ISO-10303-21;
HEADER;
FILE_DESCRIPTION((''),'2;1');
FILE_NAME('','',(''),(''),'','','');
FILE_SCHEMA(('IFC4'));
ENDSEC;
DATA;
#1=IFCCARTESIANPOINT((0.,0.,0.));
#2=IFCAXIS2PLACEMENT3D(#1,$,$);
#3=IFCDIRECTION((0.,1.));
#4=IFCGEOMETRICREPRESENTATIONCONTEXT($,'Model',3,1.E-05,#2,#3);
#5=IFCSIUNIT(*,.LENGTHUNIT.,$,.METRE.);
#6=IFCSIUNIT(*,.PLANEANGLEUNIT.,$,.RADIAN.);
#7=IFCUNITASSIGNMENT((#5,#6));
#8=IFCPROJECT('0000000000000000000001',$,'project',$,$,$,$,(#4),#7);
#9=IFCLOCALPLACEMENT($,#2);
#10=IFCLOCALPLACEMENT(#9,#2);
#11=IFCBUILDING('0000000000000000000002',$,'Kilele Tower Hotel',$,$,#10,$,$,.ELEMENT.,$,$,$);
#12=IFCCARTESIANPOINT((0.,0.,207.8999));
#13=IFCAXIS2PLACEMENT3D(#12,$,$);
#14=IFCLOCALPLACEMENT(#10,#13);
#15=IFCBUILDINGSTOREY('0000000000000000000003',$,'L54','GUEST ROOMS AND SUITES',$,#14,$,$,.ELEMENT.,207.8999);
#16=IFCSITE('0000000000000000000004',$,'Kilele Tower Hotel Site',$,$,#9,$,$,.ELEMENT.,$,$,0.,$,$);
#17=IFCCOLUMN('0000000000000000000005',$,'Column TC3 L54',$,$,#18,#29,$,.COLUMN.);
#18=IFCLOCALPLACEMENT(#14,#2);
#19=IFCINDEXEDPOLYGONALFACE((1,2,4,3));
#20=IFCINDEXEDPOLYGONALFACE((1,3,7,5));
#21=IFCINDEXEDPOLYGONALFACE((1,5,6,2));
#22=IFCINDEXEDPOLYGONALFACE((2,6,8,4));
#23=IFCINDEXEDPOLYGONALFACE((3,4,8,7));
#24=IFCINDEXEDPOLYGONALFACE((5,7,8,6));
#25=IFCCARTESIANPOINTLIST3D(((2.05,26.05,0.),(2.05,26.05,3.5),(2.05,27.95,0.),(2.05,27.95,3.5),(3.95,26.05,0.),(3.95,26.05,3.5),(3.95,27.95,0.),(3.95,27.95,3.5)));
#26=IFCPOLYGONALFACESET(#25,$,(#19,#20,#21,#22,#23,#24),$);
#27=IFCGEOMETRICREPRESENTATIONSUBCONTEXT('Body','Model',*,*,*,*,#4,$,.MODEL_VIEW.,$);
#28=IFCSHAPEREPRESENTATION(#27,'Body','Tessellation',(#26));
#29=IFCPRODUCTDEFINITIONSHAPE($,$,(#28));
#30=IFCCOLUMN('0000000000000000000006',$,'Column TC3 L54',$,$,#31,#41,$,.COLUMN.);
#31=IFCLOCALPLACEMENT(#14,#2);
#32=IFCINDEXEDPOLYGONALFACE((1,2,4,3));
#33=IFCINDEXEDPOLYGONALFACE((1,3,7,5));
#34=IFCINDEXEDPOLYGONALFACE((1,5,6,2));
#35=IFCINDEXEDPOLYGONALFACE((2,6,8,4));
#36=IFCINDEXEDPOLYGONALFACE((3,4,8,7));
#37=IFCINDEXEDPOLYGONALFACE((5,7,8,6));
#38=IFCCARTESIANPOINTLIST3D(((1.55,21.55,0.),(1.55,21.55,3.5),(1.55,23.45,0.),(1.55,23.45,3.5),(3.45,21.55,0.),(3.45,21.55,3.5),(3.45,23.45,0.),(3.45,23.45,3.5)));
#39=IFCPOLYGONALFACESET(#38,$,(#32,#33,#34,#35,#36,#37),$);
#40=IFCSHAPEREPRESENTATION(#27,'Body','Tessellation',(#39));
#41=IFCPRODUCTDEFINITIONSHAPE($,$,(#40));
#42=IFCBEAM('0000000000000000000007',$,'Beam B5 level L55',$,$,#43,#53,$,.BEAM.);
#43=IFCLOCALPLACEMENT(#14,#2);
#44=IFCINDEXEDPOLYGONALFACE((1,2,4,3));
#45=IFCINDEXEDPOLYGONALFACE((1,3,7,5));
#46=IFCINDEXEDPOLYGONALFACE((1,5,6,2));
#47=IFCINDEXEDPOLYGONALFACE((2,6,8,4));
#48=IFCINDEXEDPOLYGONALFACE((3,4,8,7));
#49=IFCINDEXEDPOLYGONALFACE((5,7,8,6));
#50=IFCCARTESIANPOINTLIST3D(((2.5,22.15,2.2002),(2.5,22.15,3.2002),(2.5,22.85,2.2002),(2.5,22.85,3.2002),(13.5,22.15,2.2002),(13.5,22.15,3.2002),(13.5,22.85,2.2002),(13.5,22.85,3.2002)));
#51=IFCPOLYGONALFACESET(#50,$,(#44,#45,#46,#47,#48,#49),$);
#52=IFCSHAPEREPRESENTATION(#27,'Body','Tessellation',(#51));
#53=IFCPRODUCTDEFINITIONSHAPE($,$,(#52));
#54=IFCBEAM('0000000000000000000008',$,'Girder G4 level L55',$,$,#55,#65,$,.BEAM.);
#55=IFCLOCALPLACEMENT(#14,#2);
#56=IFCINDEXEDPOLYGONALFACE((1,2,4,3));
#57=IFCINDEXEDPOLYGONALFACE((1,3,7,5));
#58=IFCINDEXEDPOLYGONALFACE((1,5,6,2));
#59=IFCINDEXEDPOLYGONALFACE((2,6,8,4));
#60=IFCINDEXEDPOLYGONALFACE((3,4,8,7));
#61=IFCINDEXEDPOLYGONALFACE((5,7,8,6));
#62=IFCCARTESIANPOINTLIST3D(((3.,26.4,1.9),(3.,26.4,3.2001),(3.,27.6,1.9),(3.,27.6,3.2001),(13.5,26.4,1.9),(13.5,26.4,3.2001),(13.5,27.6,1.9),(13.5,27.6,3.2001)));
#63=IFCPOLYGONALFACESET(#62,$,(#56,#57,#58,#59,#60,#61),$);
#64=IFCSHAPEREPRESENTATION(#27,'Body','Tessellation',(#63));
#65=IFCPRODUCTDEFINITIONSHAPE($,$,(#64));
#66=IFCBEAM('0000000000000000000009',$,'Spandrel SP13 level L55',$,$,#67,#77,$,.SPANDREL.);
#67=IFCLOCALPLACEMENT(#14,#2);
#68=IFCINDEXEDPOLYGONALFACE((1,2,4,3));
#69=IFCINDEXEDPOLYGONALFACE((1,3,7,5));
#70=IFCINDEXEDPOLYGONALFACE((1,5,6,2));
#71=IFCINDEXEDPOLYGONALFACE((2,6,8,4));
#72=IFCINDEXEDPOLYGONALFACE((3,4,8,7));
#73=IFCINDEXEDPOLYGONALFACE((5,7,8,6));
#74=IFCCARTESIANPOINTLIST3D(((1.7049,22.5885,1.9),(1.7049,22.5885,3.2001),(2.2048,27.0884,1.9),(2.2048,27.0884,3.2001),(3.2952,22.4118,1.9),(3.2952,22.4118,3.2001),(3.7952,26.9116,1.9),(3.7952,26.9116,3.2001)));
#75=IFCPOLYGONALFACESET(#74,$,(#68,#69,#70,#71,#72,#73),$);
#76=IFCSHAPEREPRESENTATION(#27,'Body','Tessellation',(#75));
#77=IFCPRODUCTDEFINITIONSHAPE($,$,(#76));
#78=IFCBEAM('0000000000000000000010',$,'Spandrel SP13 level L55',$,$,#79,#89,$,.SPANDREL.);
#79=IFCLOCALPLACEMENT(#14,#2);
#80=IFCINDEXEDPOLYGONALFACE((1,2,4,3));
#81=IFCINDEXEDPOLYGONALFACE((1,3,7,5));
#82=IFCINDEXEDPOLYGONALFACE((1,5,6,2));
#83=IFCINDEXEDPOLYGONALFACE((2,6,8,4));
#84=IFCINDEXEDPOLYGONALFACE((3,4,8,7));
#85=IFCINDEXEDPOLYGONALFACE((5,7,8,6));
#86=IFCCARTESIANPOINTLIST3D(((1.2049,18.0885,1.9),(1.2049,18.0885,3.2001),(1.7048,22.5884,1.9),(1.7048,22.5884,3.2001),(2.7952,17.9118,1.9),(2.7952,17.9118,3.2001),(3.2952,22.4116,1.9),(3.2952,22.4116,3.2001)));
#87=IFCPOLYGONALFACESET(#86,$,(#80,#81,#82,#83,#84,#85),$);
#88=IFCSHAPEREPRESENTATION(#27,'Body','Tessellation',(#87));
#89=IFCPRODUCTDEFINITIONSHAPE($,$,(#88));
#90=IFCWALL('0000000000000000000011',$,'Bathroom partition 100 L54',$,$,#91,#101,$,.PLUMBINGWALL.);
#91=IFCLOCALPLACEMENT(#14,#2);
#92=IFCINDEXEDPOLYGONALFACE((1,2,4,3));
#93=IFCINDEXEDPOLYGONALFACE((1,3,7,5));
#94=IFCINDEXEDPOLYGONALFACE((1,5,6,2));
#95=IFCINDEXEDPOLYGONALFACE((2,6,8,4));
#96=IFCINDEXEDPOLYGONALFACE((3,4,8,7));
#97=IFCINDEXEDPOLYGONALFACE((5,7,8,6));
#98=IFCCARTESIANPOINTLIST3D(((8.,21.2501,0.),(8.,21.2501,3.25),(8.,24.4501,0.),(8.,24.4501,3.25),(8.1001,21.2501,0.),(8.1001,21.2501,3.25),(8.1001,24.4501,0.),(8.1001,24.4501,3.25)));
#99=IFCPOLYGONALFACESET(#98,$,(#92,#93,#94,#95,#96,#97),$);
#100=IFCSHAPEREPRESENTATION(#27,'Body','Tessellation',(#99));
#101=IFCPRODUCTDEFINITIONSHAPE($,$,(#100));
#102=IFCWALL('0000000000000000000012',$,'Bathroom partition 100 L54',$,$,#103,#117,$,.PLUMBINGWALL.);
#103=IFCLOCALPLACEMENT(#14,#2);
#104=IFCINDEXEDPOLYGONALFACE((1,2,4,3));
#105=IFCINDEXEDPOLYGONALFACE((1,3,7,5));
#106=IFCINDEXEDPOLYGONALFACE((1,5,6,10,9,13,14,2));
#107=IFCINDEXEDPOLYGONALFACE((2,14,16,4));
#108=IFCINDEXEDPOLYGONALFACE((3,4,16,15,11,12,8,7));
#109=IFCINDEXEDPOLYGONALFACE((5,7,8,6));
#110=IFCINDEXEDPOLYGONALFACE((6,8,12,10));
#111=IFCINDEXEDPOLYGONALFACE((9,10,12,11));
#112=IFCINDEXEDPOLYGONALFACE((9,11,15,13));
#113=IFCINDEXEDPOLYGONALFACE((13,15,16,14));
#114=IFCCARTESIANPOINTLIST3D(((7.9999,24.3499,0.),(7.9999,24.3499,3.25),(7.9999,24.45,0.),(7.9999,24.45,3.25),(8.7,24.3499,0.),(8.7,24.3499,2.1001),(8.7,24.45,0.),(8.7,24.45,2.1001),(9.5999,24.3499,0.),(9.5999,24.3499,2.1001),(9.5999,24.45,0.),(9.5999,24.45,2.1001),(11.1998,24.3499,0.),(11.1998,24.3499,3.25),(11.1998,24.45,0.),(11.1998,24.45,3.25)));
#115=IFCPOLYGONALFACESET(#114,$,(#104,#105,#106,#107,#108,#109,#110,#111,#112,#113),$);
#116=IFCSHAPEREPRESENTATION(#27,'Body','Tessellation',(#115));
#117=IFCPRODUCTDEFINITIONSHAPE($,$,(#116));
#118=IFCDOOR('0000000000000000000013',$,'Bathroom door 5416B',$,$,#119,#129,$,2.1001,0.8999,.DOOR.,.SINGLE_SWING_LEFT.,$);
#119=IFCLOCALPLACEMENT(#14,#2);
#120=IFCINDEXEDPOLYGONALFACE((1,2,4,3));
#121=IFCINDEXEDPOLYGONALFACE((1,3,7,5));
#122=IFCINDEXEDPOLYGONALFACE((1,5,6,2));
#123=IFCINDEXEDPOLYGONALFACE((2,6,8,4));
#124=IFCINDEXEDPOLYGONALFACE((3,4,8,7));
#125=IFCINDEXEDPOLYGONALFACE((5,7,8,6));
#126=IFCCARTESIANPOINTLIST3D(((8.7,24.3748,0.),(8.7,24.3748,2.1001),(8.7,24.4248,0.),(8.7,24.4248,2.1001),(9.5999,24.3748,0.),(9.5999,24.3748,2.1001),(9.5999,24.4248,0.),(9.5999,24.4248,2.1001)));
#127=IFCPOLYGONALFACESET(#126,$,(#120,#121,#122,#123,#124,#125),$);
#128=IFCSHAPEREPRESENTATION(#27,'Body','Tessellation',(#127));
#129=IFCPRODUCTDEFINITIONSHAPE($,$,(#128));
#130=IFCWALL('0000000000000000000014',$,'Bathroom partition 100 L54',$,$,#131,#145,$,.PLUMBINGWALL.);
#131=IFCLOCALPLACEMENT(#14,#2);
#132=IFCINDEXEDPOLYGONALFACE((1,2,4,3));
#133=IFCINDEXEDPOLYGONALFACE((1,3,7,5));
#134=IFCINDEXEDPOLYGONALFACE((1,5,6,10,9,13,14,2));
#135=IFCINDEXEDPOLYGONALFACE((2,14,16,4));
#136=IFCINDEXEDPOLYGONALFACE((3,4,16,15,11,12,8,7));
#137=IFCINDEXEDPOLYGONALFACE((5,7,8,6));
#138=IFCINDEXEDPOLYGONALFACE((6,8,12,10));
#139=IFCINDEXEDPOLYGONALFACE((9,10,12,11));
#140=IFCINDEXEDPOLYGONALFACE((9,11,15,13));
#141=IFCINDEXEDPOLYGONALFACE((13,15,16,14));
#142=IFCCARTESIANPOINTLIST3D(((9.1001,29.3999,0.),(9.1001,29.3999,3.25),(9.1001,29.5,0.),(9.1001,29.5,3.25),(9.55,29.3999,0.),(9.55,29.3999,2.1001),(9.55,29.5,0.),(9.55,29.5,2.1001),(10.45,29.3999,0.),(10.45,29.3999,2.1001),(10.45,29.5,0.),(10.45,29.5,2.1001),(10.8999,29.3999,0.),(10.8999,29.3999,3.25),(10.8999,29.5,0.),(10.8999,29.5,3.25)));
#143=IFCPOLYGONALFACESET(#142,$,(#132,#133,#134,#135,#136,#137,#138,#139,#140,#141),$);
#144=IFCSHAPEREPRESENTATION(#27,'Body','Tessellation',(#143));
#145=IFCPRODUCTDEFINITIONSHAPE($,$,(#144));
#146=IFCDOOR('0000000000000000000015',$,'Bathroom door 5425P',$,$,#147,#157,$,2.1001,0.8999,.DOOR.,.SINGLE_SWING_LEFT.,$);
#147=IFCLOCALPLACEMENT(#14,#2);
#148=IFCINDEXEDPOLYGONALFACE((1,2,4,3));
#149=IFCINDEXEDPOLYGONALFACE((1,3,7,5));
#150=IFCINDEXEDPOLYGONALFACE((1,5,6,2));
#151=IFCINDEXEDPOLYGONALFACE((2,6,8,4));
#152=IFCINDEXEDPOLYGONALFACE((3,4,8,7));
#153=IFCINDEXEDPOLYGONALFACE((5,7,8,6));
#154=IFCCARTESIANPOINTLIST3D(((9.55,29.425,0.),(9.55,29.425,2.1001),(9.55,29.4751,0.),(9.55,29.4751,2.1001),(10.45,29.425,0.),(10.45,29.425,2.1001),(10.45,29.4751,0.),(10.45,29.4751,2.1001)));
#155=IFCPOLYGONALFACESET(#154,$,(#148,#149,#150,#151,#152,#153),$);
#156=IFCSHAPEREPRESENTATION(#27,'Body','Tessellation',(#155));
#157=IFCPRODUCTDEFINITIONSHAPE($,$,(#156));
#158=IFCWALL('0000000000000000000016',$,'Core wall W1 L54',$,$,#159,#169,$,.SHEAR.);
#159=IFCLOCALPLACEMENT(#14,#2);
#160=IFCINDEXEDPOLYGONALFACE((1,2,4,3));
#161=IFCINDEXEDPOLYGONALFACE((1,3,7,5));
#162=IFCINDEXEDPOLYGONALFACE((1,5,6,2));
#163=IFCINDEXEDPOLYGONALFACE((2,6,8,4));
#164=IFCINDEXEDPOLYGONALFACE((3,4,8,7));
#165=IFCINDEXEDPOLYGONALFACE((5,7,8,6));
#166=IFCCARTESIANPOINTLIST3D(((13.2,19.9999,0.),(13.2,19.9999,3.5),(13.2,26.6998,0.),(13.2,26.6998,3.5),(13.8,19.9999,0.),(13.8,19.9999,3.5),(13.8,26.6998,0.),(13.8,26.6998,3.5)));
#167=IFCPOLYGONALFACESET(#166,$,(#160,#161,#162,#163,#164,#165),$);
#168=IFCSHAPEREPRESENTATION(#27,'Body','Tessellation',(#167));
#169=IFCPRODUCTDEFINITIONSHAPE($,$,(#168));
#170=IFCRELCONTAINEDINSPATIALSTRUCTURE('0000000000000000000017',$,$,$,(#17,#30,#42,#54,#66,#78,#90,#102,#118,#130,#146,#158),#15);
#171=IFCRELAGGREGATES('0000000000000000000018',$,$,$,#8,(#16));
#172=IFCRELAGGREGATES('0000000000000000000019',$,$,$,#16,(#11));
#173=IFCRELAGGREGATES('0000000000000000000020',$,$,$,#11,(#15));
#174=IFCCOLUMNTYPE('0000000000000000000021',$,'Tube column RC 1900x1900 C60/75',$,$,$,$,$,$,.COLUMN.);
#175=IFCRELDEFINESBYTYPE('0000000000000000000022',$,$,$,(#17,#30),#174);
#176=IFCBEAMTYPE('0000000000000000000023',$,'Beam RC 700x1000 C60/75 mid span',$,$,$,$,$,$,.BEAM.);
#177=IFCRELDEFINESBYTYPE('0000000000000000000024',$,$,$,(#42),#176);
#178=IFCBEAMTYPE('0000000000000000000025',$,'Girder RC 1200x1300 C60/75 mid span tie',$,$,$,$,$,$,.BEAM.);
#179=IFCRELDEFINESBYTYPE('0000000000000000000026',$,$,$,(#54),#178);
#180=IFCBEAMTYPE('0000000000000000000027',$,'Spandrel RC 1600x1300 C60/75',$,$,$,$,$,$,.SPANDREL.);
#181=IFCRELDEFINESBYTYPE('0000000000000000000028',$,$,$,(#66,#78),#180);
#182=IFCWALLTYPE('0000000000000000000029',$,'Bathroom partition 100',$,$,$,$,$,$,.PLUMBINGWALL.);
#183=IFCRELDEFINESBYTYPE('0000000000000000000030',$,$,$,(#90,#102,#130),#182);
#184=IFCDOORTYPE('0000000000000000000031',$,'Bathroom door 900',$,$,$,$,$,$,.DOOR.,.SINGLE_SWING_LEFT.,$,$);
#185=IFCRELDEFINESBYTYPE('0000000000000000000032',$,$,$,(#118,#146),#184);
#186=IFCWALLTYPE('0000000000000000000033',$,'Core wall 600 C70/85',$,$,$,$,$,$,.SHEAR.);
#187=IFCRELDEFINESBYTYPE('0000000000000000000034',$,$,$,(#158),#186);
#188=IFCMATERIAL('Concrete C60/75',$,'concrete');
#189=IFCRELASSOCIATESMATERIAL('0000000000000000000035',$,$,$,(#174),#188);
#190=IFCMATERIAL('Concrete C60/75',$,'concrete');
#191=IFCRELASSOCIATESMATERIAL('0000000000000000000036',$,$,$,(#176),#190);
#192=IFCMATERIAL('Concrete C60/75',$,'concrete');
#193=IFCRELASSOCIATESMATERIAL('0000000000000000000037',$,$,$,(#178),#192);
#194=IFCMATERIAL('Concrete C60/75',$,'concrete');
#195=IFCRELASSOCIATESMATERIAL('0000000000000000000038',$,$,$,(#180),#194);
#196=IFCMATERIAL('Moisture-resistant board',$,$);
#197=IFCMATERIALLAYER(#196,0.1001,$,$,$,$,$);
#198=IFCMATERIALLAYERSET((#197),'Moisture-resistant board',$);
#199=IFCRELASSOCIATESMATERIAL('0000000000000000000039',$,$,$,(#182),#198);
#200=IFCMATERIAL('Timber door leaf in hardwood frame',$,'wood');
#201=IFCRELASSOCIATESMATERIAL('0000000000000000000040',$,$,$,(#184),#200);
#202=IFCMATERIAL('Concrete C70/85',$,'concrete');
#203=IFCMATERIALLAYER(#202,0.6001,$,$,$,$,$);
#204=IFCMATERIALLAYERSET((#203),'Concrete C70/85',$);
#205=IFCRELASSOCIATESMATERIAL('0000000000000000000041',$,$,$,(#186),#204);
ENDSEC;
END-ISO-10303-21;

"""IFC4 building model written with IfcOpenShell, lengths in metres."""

from ifc_helpers import new_model, si_unit, direction, frame, frame_2d, origin, origin_2d, place, context, subcontext, project, spatial, rectangle, extrude, material, layer, layer_set, material_profile, profile_set, type_object, element, fill, save


model = new_model("IFC4")

# Units and contexts
model_context = context("Model", 3, precision=1e-05, world=origin(), true_north=direction((0.0, 1.0)))
body_context = subcontext(model_context, "Body", "Model", "MODEL_VIEW")
ifc_project = project(units=[si_unit("LENGTHUNIT", "METRE"), si_unit("PLANEANGLEUNIT", "RADIAN")], contexts=[model_context])

# Site, building, storey
site_placement = place(None, origin())
site = spatial("IfcSite", under=ifc_project, at=site_placement, Name="Kilele Tower Hotel Site", CompositionType="ELEMENT", RefElevation=0.0)
building_placement = place(site_placement, origin())
building = spatial("IfcBuilding", under=site, at=building_placement, Name="Kilele Tower Hotel", CompositionType="ELEMENT")
storey_placement = place(building_placement, frame((0.0, 0.0, 207.8999)))
storey = spatial("IfcBuildingStorey", under=building, at=storey_placement, Name="L54", Description="GUEST ROOMS AND SUITES", CompositionType="ELEMENT", Elevation=207.8999)

# Columns
ifc_material_1 = material(Name="Concrete C60/75", Category="concrete")
ifc_material_profile_1 = material_profile(ifc_material_1, rectangle(XDim=1.8999, YDim=1.8999, at=origin_2d()))
ifc_profile_set_1 = profile_set([ifc_material_profile_1], Name="Concrete C60/75")
column_type = type_object("IfcColumnType", Name="Tube column RC 1900x1900 C60/75", PredefinedType="COLUMN", material=ifc_profile_set_1)
for number, where, z_axis, x_axis, name in (
    (1, (3.0, 27.0, 0.0), (0.0, 0.0, 1.0), (1.0, 0.0, 0.0), "Column TC3 L54"),
    (2, (2.5, 22.5, 0.0), (0.0, 0.0, 1.0), (1.0, 0.0, 0.0), "Column TC3 L54"),
):
    element("IfcColumn", number, at=place(storey_placement, frame(where, z_axis=z_axis, x_axis=x_axis)), inside=storey, type_object=column_type, Name=name, PredefinedType="COLUMN", context=body_context, shape_type="SweptSolid", body=[
        extrude(rectangle(XDim=1.8999, YDim=1.8999, at=origin_2d()), origin(), (0.0, 0.0, 1.0), 3.5),
    ])

# Beams
ifc_material_2 = material(Name="Concrete C60/75", Category="concrete")
ifc_material_profile_2 = material_profile(ifc_material_2, rectangle(XDim=0.7, YDim=1.0, at=origin_2d()))
ifc_profile_set_2 = profile_set([ifc_material_profile_2], Name="Concrete C60/75")
beam_type_1 = type_object("IfcBeamType", Name="Beam RC 700x1000 C60/75 mid span", PredefinedType="BEAM", material=ifc_profile_set_2)
beam_1_placement = place(storey_placement, frame((2.5, 22.5, 2.7002), z_axis=(1.0, 0.0, 0.0), x_axis=(0.0, 1.0, 0.0)))
element("IfcBeam", 3, at=beam_1_placement, inside=storey, type_object=beam_type_1, Name="Beam B5 level L55", PredefinedType="BEAM", context=body_context, shape_type="SweptSolid", body=[
    extrude(rectangle(XDim=0.7, YDim=1.0, at=origin_2d()), origin(), (0.0, 0.0, 1.0), 11.0),
])
ifc_material_3 = material(Name="Concrete C60/75", Category="concrete")
ifc_material_profile_3 = material_profile(ifc_material_3, rectangle(XDim=1.2, YDim=1.3, at=origin_2d()))
ifc_profile_set_3 = profile_set([ifc_material_profile_3], Name="Concrete C60/75")
beam_type_2 = type_object("IfcBeamType", Name="Girder RC 1200x1300 C60/75 mid span tie", PredefinedType="BEAM", material=ifc_profile_set_3)
beam_2_placement = place(storey_placement, frame((3.0, 27.0, 2.55), z_axis=(1.0, 0.0, 0.0), x_axis=(0.0, 1.0, 0.0)))
element("IfcBeam", 4, at=beam_2_placement, inside=storey, type_object=beam_type_2, Name="Girder G4 level L55", PredefinedType="BEAM", context=body_context, shape_type="SweptSolid", body=[
    extrude(rectangle(XDim=1.2, YDim=1.3, at=origin_2d()), origin(), (0.0, 0.0, 1.0), 10.5),
])
ifc_material_4 = material(Name="Concrete C60/75", Category="concrete")
ifc_material_profile_4 = material_profile(ifc_material_4, rectangle(XDim=1.6001, YDim=1.3, at=origin_2d()))
ifc_profile_set_4 = profile_set([ifc_material_profile_4], Name="Concrete C60/75")
beam_type_3 = type_object("IfcBeamType", Name="Spandrel RC 1600x1300 C60/75", PredefinedType="SPANDREL", material=ifc_profile_set_4)
for number, where, z_axis, x_axis, name in (
    (5, (3.0, 27.0, 2.55), (-0.110432, -0.993884, 0.0), (0.993884, -0.110432, 0.0), "Spandrel SP13 level L55"),
    (6, (2.5, 22.5, 2.55), (-0.110432, -0.993884, 0.0), (0.993884, -0.110432, 0.0), "Spandrel SP13 level L55"),
):
    element("IfcBeam", number, at=place(storey_placement, frame(where, z_axis=z_axis, x_axis=x_axis)), inside=storey, type_object=beam_type_3, Name=name, PredefinedType="SPANDREL", context=body_context, shape_type="SweptSolid", body=[
        extrude(rectangle(XDim=1.6001, YDim=1.3, at=origin_2d()), origin(), (0.0, 0.0, 1.0), 4.5276),
    ])

# Wall
ifc_material_5 = material(Name="Moisture-resistant board")
ifc_layer_1 = layer(ifc_material_5, 0.1001)
ifc_layer_set_1 = layer_set([ifc_layer_1], Name="Moisture-resistant board")
wall_type_1 = type_object("IfcWallType", Name="Bathroom partition 100", PredefinedType="PLUMBINGWALL", material=ifc_layer_set_1)
wall_1_placement = place(storey_placement, frame((8.05, 21.25, 0.0), z_axis=(0.0, 0.0, 1.0), x_axis=(0.0, 1.0, 0.0)))
element("IfcWall", 7, at=wall_1_placement, inside=storey, type_object=wall_type_1, Name="Bathroom partition 100 L54", PredefinedType="PLUMBINGWALL", context=body_context, shape_type="SweptSolid", body=[
    extrude(rectangle(XDim=3.2, YDim=0.1001, at=frame_2d((1.6001, 0.0))), origin(), (0.0, 0.0, 1.0), 3.25),
])

# Walls, openings, doors
wall_2_placement = place(storey_placement, frame((11.2, 24.3999, 0.0), z_axis=(0.0, 0.0, 1.0), x_axis=(-1.0, 0.0, 0.0)))
wall_2 = element("IfcWall", 8, at=wall_2_placement, inside=storey, type_object=wall_type_1, Name="Bathroom partition 100 L54", PredefinedType="PLUMBINGWALL", context=body_context, shape_type="SweptSolid", body=[
    extrude(rectangle(XDim=3.2, YDim=0.1001, at=frame_2d((1.6001, 0.0))), origin(), (0.0, 0.0, 1.0), 3.25),
])
opening_1_placement = place(wall_2_placement, frame((2.5, 0.0, 0.0), z_axis=(0.0, 0.0, 1.0), x_axis=(-1.0, 0.0, 0.0)))
opening_1 = element("IfcOpeningElement", 9, at=opening_1_placement, cuts=wall_2, PredefinedType="OPENING", context=body_context, shape_type="SweptSolid", body=[
    extrude(rectangle(XDim=0.8999, YDim=2.1001, at=frame_2d((0.45, 1.05))), frame((0.0, 0.0601, 0.0), z_axis=(0.0, -1.0, 0.0), x_axis=(1.0, 0.0, 0.0)), (0.0, 0.0, 1.0), 0.1201),
])
ifc_material_6 = material(Name="Timber door leaf in hardwood frame", Category="wood")
door_type_1 = type_object("IfcDoorType", Name="Bathroom door 900", OperationType="SINGLE_SWING_LEFT", PredefinedType="DOOR", material=ifc_material_6)
door_1_placement = place(opening_1_placement, origin())
door_1 = element("IfcDoor", 10, at=door_1_placement, inside=storey, type_object=door_type_1, Name="Bathroom door 5416B", OperationType="SINGLE_SWING_LEFT", OverallHeight=2.1001, OverallWidth=0.8999, PredefinedType="DOOR", context=body_context, shape_type="SweptSolid", body=[
    extrude(rectangle(XDim=0.8999, YDim=2.1001, at=frame_2d((0.45, 1.05))), frame((0.0, 0.0249, 0.0), z_axis=(0.0, -1.0, 0.0), x_axis=(1.0, 0.0, 0.0)), (0.0, 0.0, 1.0), 0.05),
])
fill(opening_1, door_1)
wall_3_placement = place(storey_placement, frame((10.8999, 29.45, 0.0), z_axis=(0.0, 0.0, 1.0), x_axis=(-1.0, 0.0, 0.0)))
wall_3 = element("IfcWall", 11, at=wall_3_placement, inside=storey, type_object=wall_type_1, Name="Bathroom partition 100 L54", PredefinedType="PLUMBINGWALL", context=body_context, shape_type="SweptSolid", body=[
    extrude(rectangle(XDim=1.7998, YDim=0.1001, at=frame_2d((0.8999, 0.0))), origin(), (0.0, 0.0, 1.0), 3.25),
])
opening_2_placement = place(wall_3_placement, frame((0.45, 0.0, 0.0)))
opening_2 = element("IfcOpeningElement", 12, at=opening_2_placement, cuts=wall_3, PredefinedType="OPENING", context=body_context, shape_type="SweptSolid", body=[
    extrude(rectangle(XDim=0.8999, YDim=2.1001, at=frame_2d((0.45, 1.05))), frame((0.0, 0.0601, 0.0), z_axis=(0.0, -1.0, 0.0), x_axis=(1.0, 0.0, 0.0)), (0.0, 0.0, 1.0), 0.1201),
])
door_2_placement = place(opening_2_placement, origin())
door_2 = element("IfcDoor", 13, at=door_2_placement, inside=storey, type_object=door_type_1, Name="Bathroom door 5425P", OperationType="SINGLE_SWING_LEFT", OverallHeight=2.1001, OverallWidth=0.8999, PredefinedType="DOOR", context=body_context, shape_type="SweptSolid", body=[
    extrude(rectangle(XDim=0.8999, YDim=2.1001, at=frame_2d((0.45, 1.05))), frame((0.0, 0.0249, 0.0), z_axis=(0.0, -1.0, 0.0), x_axis=(1.0, 0.0, 0.0)), (0.0, 0.0, 1.0), 0.05),
])
fill(opening_2, door_2)

# Wall
ifc_material_7 = material(Name="Concrete C70/85", Category="concrete")
ifc_layer_2 = layer(ifc_material_7, 0.6001)
ifc_layer_set_2 = layer_set([ifc_layer_2], Name="Concrete C70/85")
wall_type_2 = type_object("IfcWallType", Name="Core wall 600 C70/85", PredefinedType="SHEAR", material=ifc_layer_set_2)
wall_4_placement = place(storey_placement, frame((13.5, 26.7, 0.0), z_axis=(0.0, 0.0, 1.0), x_axis=(0.0, -1.0, 0.0)))
element("IfcWall", 14, at=wall_4_placement, inside=storey, type_object=wall_type_2, Name="Core wall W1 L54", PredefinedType="SHEAR", context=body_context, shape_type="SweptSolid", body=[
    extrude(rectangle(XDim=6.7, YDim=0.6001, at=frame_2d((3.3501, 0.0))), origin(), (0.0, 0.0, 1.0), 3.5),
])

save(model, "model.ifc")
